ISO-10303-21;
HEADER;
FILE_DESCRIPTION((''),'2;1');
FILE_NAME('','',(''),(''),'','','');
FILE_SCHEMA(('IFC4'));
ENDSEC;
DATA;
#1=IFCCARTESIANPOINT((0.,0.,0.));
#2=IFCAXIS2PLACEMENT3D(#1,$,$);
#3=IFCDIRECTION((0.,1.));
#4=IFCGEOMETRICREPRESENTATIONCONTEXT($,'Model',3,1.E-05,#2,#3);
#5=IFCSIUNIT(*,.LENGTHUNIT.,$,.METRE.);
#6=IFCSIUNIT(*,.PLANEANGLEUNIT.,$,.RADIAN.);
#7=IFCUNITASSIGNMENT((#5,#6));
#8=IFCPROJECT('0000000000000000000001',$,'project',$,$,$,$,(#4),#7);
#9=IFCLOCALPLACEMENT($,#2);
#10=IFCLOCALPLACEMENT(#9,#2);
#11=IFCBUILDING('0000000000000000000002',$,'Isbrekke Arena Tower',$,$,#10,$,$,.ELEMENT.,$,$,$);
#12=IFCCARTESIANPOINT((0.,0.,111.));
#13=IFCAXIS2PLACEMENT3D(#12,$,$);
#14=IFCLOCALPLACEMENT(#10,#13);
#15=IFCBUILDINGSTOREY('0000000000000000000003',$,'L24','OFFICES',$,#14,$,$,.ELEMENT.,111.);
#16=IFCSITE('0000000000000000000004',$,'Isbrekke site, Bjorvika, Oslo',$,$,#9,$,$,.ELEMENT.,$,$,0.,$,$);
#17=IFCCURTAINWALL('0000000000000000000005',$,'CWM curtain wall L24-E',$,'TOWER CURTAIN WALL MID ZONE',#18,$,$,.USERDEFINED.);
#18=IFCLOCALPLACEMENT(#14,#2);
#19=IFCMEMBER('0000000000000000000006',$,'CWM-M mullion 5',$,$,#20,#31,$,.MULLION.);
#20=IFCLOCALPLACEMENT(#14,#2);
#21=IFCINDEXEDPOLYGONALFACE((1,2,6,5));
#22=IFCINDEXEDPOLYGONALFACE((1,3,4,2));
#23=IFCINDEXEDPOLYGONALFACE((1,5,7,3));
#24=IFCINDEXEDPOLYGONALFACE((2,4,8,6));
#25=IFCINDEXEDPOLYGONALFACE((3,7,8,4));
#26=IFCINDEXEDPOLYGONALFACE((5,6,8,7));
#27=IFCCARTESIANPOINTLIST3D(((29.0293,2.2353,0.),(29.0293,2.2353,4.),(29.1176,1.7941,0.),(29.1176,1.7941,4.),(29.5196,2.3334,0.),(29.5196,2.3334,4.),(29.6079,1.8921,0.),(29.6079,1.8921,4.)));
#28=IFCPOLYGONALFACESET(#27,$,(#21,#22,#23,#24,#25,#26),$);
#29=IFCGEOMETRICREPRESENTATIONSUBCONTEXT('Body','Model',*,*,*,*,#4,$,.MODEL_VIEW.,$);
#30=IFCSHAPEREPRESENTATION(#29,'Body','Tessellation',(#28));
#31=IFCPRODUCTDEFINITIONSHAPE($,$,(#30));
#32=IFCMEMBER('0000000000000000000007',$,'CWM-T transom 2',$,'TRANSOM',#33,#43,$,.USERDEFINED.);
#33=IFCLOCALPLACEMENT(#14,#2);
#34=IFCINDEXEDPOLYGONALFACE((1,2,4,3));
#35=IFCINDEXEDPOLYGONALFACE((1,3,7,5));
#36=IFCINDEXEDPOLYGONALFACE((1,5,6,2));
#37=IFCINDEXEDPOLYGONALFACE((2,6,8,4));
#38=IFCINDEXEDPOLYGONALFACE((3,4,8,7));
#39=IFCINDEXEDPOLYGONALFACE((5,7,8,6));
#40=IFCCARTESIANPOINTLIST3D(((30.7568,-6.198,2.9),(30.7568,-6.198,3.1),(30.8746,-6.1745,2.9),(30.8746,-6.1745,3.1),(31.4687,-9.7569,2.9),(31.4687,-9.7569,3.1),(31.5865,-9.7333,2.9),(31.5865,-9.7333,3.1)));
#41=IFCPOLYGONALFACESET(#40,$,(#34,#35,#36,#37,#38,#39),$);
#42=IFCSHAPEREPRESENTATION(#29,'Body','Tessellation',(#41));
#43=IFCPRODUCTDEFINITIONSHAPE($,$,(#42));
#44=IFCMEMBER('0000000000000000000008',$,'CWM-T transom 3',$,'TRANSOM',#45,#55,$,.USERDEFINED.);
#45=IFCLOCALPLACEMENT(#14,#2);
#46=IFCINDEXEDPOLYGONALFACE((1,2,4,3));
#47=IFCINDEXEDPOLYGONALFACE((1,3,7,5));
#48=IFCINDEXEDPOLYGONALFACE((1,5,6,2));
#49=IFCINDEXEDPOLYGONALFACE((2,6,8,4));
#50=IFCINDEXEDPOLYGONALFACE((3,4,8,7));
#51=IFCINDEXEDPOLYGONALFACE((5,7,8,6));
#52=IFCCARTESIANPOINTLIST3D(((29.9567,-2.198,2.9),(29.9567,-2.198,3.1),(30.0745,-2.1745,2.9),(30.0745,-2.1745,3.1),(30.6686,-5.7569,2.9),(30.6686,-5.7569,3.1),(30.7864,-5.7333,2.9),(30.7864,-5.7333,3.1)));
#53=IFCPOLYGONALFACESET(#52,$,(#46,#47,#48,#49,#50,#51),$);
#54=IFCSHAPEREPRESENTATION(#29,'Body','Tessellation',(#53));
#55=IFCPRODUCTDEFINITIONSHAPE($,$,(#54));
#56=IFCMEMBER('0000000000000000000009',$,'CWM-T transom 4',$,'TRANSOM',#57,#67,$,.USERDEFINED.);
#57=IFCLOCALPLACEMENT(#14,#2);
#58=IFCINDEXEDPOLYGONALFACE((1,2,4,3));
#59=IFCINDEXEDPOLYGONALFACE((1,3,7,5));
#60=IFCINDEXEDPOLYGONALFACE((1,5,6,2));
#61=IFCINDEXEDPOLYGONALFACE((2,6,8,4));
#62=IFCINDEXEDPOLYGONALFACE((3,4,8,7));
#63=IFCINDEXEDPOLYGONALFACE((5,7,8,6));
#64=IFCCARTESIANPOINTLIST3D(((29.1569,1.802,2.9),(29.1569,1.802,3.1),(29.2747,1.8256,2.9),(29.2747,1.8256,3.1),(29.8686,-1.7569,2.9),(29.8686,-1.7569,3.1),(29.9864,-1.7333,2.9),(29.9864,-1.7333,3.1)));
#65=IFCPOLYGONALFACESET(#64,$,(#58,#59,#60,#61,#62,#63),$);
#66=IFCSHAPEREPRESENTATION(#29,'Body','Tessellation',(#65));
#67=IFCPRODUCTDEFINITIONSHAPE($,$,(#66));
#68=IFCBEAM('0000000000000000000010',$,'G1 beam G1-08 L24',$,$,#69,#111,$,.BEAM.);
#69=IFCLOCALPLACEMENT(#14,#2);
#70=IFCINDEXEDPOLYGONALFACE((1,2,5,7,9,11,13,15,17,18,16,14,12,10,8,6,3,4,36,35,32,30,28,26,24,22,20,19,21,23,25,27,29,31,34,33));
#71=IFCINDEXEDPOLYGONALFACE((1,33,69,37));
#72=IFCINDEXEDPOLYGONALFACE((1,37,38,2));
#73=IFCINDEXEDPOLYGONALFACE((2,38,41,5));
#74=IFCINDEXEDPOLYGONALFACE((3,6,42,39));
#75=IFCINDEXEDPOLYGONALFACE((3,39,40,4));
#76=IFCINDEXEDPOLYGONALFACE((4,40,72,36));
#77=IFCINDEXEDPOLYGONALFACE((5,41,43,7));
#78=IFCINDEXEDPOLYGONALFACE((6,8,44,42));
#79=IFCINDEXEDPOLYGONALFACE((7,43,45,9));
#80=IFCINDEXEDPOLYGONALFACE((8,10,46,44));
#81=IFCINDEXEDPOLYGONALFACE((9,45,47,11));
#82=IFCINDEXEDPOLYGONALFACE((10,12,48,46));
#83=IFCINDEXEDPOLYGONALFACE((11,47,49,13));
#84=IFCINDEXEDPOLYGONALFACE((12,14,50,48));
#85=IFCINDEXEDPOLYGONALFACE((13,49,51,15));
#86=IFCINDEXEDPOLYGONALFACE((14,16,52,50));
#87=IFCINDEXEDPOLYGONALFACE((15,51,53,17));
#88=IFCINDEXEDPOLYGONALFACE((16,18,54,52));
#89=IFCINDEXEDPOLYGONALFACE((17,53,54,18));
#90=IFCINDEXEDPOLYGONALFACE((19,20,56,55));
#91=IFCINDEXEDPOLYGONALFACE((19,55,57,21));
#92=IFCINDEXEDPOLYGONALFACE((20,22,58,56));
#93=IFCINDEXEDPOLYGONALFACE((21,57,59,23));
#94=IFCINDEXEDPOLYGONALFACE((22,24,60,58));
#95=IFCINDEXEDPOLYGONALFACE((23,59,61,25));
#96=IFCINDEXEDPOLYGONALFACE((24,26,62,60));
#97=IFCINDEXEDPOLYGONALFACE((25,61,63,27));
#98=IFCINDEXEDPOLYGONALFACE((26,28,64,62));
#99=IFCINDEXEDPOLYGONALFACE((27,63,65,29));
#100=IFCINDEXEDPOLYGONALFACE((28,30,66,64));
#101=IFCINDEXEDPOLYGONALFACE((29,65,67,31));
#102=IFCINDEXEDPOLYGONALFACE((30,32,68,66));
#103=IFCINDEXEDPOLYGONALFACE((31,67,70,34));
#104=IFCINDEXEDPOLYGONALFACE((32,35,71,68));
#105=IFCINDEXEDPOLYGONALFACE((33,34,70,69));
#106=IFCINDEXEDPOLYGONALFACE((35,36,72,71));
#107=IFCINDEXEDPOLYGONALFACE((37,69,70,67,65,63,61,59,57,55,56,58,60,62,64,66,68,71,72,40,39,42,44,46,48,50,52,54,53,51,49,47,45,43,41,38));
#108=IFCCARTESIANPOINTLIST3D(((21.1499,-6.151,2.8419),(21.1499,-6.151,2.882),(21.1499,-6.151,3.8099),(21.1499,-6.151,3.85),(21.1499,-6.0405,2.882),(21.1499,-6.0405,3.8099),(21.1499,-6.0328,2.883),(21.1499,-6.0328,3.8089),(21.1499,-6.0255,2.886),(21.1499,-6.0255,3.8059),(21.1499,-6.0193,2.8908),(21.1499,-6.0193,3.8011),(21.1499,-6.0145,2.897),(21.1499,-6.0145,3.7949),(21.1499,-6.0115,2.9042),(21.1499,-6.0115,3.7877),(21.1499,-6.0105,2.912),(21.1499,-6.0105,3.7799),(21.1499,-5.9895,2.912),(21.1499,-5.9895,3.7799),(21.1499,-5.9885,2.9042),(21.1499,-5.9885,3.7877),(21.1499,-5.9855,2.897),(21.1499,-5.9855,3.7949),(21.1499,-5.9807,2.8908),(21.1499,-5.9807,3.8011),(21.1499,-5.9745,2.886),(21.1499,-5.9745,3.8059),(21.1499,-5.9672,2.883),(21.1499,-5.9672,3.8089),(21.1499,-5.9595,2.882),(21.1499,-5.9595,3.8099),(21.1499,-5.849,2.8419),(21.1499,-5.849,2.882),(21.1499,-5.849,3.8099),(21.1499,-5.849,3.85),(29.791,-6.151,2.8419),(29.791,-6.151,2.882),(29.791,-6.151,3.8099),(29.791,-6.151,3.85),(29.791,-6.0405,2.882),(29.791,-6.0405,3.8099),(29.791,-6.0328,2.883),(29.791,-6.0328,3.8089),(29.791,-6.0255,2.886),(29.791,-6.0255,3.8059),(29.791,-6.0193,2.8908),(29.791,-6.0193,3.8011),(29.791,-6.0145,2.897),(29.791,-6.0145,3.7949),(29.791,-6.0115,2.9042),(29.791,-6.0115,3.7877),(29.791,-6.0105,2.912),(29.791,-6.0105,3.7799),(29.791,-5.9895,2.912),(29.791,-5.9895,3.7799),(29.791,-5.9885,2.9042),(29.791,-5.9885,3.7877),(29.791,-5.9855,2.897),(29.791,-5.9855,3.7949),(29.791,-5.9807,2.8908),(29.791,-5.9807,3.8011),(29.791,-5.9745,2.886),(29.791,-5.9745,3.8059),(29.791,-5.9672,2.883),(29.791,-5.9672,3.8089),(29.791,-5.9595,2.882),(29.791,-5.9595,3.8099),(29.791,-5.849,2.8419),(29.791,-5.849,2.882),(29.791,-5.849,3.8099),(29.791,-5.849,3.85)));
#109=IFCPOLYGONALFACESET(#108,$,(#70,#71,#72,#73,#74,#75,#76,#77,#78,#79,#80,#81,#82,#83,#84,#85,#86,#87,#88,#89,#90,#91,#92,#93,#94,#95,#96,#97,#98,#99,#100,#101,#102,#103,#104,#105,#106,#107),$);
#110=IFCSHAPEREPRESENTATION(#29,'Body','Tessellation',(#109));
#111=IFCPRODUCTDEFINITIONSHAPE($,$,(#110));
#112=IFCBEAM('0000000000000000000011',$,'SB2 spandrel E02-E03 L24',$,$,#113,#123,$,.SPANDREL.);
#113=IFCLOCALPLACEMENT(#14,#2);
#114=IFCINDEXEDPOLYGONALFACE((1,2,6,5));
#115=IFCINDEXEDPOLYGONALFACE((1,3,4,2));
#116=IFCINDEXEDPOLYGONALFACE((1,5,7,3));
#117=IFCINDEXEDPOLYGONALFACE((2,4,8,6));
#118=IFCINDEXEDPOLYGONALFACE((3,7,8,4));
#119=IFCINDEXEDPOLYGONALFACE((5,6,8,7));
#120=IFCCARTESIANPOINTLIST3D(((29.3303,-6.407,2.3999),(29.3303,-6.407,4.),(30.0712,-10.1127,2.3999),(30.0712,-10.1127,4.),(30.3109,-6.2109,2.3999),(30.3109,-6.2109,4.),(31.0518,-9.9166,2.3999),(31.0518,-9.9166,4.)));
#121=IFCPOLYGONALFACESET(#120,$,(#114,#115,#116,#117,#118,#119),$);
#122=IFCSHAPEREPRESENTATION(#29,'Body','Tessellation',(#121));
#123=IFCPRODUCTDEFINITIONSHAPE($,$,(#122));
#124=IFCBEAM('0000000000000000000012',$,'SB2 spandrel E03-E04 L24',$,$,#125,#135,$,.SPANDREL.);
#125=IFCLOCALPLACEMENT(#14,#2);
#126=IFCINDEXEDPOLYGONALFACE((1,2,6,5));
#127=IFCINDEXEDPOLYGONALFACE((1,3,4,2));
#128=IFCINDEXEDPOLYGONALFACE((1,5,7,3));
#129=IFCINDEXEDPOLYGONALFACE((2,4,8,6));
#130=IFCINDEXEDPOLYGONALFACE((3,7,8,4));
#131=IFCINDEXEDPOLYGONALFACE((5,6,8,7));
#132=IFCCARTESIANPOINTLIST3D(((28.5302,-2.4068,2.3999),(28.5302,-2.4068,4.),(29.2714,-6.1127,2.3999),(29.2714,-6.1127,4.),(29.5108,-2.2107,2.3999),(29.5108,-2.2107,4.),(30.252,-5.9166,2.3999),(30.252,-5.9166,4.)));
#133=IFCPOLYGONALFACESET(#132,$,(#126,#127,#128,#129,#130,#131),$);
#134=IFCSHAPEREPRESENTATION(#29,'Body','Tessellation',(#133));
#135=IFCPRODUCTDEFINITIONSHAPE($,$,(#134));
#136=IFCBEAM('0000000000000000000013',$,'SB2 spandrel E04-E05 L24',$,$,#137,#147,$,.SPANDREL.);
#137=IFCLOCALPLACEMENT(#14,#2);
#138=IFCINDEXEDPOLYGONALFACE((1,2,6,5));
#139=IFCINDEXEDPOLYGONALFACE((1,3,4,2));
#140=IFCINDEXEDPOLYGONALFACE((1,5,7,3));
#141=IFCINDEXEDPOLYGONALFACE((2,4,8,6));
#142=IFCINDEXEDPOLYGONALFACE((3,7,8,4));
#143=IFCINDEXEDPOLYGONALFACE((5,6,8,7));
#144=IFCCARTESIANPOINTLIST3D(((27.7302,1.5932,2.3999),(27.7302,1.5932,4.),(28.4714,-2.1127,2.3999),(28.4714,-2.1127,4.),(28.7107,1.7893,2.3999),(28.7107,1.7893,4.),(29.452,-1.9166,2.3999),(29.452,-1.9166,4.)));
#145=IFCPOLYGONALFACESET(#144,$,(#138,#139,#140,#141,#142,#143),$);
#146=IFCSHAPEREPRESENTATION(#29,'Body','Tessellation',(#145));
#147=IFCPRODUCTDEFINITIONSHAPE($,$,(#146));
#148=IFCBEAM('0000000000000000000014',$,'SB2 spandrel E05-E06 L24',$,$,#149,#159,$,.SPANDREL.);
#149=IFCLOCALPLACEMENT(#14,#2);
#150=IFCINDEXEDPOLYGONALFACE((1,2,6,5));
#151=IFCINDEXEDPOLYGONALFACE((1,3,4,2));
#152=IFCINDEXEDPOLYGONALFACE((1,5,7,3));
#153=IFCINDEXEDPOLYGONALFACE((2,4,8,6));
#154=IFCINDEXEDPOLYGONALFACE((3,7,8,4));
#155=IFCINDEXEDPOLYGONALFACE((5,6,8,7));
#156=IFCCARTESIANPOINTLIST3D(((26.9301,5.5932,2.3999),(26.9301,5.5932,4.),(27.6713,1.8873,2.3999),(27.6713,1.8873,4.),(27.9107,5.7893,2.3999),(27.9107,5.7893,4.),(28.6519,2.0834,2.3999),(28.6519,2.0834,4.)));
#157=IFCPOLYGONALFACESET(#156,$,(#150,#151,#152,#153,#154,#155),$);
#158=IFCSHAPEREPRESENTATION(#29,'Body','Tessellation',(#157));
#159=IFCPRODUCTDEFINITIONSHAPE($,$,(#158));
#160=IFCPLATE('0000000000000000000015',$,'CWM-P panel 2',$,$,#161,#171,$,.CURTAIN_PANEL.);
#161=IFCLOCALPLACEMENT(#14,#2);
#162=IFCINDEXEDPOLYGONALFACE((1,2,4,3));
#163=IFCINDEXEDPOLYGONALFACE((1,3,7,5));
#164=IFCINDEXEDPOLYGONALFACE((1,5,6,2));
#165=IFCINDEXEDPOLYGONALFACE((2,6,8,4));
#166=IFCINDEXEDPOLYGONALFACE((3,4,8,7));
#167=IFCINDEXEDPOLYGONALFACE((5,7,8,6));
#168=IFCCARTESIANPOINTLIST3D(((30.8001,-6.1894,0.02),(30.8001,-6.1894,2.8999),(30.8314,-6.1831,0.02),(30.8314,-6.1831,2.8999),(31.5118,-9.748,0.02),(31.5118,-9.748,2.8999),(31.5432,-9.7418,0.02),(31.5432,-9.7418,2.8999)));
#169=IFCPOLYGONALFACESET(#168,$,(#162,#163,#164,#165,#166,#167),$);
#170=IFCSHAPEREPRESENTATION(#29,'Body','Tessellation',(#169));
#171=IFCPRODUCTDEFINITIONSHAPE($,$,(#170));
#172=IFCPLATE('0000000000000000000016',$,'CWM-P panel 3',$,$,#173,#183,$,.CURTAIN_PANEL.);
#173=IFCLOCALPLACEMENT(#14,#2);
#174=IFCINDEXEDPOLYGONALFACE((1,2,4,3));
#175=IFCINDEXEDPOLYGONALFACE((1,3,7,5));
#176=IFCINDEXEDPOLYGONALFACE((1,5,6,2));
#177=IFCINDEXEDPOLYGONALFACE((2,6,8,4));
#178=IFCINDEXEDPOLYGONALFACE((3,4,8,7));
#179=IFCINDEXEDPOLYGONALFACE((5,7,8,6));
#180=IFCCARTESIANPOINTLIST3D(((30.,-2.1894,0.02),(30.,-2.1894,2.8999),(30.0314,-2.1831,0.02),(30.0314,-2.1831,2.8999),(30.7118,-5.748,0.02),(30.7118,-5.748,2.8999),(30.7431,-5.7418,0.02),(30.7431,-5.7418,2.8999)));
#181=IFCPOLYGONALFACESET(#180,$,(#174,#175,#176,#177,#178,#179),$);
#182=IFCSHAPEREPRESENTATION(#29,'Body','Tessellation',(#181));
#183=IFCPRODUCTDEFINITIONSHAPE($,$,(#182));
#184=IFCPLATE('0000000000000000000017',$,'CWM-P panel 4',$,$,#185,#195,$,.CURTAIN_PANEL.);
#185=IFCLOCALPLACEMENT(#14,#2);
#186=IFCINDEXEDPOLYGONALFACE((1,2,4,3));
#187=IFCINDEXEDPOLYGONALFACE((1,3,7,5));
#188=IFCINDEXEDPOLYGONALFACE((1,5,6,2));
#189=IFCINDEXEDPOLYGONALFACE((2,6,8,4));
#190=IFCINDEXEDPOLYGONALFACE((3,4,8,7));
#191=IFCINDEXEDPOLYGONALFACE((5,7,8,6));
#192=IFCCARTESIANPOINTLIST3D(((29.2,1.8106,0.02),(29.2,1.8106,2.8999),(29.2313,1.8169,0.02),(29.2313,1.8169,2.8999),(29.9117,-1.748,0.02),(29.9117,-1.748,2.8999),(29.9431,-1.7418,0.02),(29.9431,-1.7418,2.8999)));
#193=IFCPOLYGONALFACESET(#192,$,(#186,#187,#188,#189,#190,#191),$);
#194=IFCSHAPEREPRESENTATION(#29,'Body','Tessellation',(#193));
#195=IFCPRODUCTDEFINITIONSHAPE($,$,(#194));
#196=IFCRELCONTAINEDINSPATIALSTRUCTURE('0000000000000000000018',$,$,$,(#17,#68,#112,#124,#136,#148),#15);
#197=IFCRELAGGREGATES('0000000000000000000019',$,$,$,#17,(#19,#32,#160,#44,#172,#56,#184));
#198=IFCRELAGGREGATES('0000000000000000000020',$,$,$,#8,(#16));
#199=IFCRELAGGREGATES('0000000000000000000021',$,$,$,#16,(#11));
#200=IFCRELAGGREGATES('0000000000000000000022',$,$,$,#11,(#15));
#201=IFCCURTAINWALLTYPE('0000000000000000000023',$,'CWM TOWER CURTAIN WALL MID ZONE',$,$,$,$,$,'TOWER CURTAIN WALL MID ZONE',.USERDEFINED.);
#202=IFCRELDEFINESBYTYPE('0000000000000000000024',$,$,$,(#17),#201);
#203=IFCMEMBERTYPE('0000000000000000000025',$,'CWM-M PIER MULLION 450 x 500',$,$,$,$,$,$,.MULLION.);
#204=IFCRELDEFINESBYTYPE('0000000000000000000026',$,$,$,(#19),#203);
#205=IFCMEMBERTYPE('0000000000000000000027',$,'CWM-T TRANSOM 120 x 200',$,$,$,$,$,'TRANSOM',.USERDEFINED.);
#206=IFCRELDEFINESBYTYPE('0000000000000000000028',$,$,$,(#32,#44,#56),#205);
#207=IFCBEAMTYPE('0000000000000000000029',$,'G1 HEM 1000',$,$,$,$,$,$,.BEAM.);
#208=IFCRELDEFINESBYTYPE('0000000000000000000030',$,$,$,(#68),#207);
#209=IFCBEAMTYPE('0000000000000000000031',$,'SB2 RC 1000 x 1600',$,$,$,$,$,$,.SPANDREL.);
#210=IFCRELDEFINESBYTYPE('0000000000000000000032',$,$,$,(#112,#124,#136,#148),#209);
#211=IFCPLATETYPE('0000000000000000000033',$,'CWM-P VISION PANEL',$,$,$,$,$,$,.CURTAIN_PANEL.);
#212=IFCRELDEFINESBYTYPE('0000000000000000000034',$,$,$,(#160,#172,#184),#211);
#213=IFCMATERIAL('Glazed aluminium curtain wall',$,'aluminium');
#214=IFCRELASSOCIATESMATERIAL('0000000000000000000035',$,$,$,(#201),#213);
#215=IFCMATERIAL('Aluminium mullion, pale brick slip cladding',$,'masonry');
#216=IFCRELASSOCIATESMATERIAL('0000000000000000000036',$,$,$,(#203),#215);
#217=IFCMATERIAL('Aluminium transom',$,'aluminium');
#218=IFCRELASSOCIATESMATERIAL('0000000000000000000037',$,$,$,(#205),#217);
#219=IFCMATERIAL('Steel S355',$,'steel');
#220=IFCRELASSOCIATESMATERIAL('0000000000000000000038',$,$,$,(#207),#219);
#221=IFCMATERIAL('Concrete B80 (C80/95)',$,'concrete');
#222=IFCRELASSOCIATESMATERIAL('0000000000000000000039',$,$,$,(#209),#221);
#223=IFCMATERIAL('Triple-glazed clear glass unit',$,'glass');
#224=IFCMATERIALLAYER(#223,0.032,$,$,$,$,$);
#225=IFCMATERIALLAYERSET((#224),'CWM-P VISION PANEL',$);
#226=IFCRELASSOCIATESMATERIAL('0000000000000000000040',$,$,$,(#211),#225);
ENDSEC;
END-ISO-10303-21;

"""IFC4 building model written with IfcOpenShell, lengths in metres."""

from ifc_helpers import new_model, si_unit, direction, frame, origin, origin_2d, place, context, subcontext, project, spatial, rectangle, i_section, extrude, material, layer, layer_set, material_profile, profile_set, type_object, element, aggregate, save


model = new_model("IFC4")

# Units and contexts
model_context = context("Model", 3, precision=1e-05, world=origin(), true_north=direction((0.0, 1.0)))
body_context = subcontext(model_context, "Body", "Model", "MODEL_VIEW")
ifc_project = project(units=[si_unit("LENGTHUNIT", "METRE"), si_unit("PLANEANGLEUNIT", "RADIAN")], contexts=[model_context])

# Site, building, storey
site_placement = place(None, origin())
site = spatial("IfcSite", under=ifc_project, at=site_placement, Name="Isbrekke site, Bjorvika, Oslo", CompositionType="ELEMENT", RefElevation=0.0)
building_placement = place(site_placement, origin())
building = spatial("IfcBuilding", under=site, at=building_placement, Name="Isbrekke Arena Tower", CompositionType="ELEMENT")
storey_placement = place(building_placement, frame((0.0, 0.0, 111.0)))
storey = spatial("IfcBuildingStorey", under=building, at=storey_placement, Name="L24", Description="OFFICES", CompositionType="ELEMENT", Elevation=111.0)

# Curtain wall, members
ifc_material_1 = material(Name="Glazed aluminium curtain wall", Category="aluminium")
curtain_wall_type = type_object("IfcCurtainWallType", Name="CWM TOWER CURTAIN WALL MID ZONE", ElementType="TOWER CURTAIN WALL MID ZONE", PredefinedType="USERDEFINED", material=ifc_material_1)
curtain_wall_placement = place(storey_placement, origin())
curtain_wall = element("IfcCurtainWall", 1, at=curtain_wall_placement, inside=storey, type_object=curtain_wall_type, Name="CWM curtain wall L24-E", ObjectType="TOWER CURTAIN WALL MID ZONE", PredefinedType="USERDEFINED")
ifc_material_2 = material(Name="Aluminium mullion, pale brick slip cladding", Category="masonry")
ifc_material_profile_1 = material_profile(ifc_material_2, rectangle(XDim=0.45, YDim=0.5, at=origin_2d()), Name="PIER 450X500")
ifc_profile_set_1 = profile_set([ifc_material_profile_1], Name="Aluminium mullion, pale brick slip cladding")
member_type_1 = type_object("IfcMemberType", Name="CWM-M PIER MULLION 450 x 500", PredefinedType="MULLION", material=ifc_profile_set_1)
member_1_placement = place(storey_placement, frame((29.3186, 2.0637, 0.0), z_axis=(0.0, 0.0, 1.0), x_axis=(-0.196116, 0.980581, 0.0)))
member_1 = element("IfcMember", 2, at=member_1_placement, type_object=member_type_1, Name="CWM-M mullion 5", PredefinedType="MULLION", context=body_context, shape_type="SweptSolid", body=[
    extrude(rectangle(XDim=0.45, YDim=0.5, at=origin_2d()), origin(), (0.0, 0.0, 1.0), 4.0),
])
ifc_material_3 = material(Name="Aluminium transom", Category="aluminium")
ifc_material_profile_2 = material_profile(ifc_material_3, rectangle(XDim=0.1201, YDim=0.2, at=origin_2d()), Name="TRANSOM 120X200")
ifc_profile_set_2 = profile_set([ifc_material_profile_2], Name="Aluminium transom")
member_type_2 = type_object("IfcMemberType", Name="CWM-T TRANSOM 120 x 200", ElementType="TRANSOM", PredefinedType="USERDEFINED", material=ifc_profile_set_2)
member_2_placement = place(storey_placement, frame((31.5276, -9.7451, 3.0), z_axis=(-0.196155, 0.980573, 0.0), x_axis=(-0.980573, -0.196155, 0.0)))
member_2 = element("IfcMember", 3, at=member_2_placement, type_object=member_type_2, Name="CWM-T transom 2", ObjectType="TRANSOM", PredefinedType="USERDEFINED", context=body_context, shape_type="SweptSolid", body=[
    extrude(rectangle(XDim=0.1201, YDim=0.2, at=origin_2d()), origin(), (0.0, 0.0, 1.0), 3.6294),
])
member_3_placement = place(storey_placement, frame((30.7275, -5.7451, 3.0), z_axis=(-0.196155, 0.980573, 0.0), x_axis=(-0.980573, -0.196155, 0.0)))
member_3 = element("IfcMember", 4, at=member_3_placement, type_object=member_type_2, Name="CWM-T transom 3", ObjectType="TRANSOM", PredefinedType="USERDEFINED", context=body_context, shape_type="SweptSolid", body=[
    extrude(rectangle(XDim=0.1201, YDim=0.2, at=origin_2d()), origin(), (0.0, 0.0, 1.0), 3.6294),
])
member_4_placement = place(storey_placement, frame((29.9275, -1.7451, 3.0), z_axis=(-0.19609, 0.980586, 0.0), x_axis=(-0.980586, -0.19609, 0.0)))
member_4 = element("IfcMember", 5, at=member_4_placement, type_object=member_type_2, Name="CWM-T transom 4", ObjectType="TRANSOM", PredefinedType="USERDEFINED", context=body_context, shape_type="SweptSolid", body=[
    extrude(rectangle(XDim=0.1201, YDim=0.2, at=origin_2d()), origin(), (0.0, 0.0, 1.0), 3.6294),
])

# Beams
ifc_material_4 = material(Name="Steel S355", Category="steel")
ifc_material_profile_3 = material_profile(ifc_material_4, i_section(OverallWidth=0.302, OverallDepth=1.0081, WebThickness=0.021, FlangeThickness=0.04, FilletRadius=0.03, at=origin_2d()), Name="HEM 1000")
ifc_profile_set_3 = profile_set([ifc_material_profile_3], Name="Steel S355")
beam_type_1 = type_object("IfcBeamType", Name="G1 HEM 1000", PredefinedType="BEAM", material=ifc_profile_set_3)
beam_1_placement = place(storey_placement, frame((21.1499, -6.0, 3.3459), z_axis=(1.0, 0.0, 0.0), x_axis=(0.0, 1.0, 0.0)))
element("IfcBeam", 6, at=beam_1_placement, inside=storey, type_object=beam_type_1, Name="G1 beam G1-08 L24", PredefinedType="BEAM", context=body_context, shape_type="SweptSolid", body=[
    extrude(i_section(OverallWidth=0.302, OverallDepth=1.0081, WebThickness=0.021, FlangeThickness=0.04, FilletRadius=0.03, at=origin_2d()), origin(), (0.0, 0.0, 1.0), 8.6411),
])
ifc_material_5 = material(Name="Concrete B80 (C80/95)", Category="concrete")
ifc_material_profile_4 = material_profile(ifc_material_5, rectangle(XDim=1.0, YDim=1.6001, at=origin_2d()), Name="RC 1000x1600")
ifc_profile_set_4 = profile_set([ifc_material_profile_4], Name="Concrete B80 (C80/95)")
beam_type_2 = type_object("IfcBeamType", Name="SB2 RC 1000 x 1600", PredefinedType="SPANDREL", material=ifc_profile_set_4)
beam_2_placement = place(storey_placement, frame((30.5615, -10.0146, 3.2), z_axis=(-0.196066, 0.980591, 0.0), x_axis=(-0.980591, -0.196066, 0.0)))
element("IfcBeam", 7, at=beam_2_placement, inside=storey, type_object=beam_type_2, Name="SB2 spandrel E02-E03 L24", PredefinedType="SPANDREL", context=body_context, shape_type="SweptSolid", body=[
    extrude(rectangle(XDim=1.0, YDim=1.6001, at=origin_2d()), origin(), (0.0, 0.0, 1.0), 3.7791),
])
for number, where, z_axis, x_axis, name in (
    (8, (29.7617, -6.0146, 3.2), (-0.196129, 0.980578, 0.0), (-0.980578, -0.196129, 0.0), "SB2 spandrel E03-E04 L24"),
    (9, (28.9617, -2.0146, 3.2), (-0.196129, 0.980578, 0.0), (-0.980578, -0.196129, 0.0), "SB2 spandrel E04-E05 L24"),
    (10, (28.1616, 1.9854, 3.2), (-0.196129, 0.980578, 0.0), (-0.980578, -0.196129, 0.0), "SB2 spandrel E05-E06 L24"),
):
    element("IfcBeam", number, at=place(storey_placement, frame(where, z_axis=z_axis, x_axis=x_axis)), inside=storey, type_object=beam_type_2, Name=name, PredefinedType="SPANDREL", context=body_context, shape_type="SweptSolid", body=[
        extrude(rectangle(XDim=1.0, YDim=1.6001, at=origin_2d()), origin(), (0.0, 0.0, 1.0), 3.7793),
    ])

# Plates
ifc_material_6 = material(Name="Triple-glazed clear glass unit", Category="glass")
ifc_layer_1 = layer(ifc_material_6, 0.032)
ifc_layer_set_1 = layer_set([ifc_layer_1], Name="CWM-P VISION PANEL")
plate_type = type_object("IfcPlateType", Name="CWM-P VISION PANEL", PredefinedType="CURTAIN_PANEL", material=ifc_layer_set_1)
plate_1_placement = place(storey_placement, frame((31.1716, -7.9656, 0.02), z_axis=(0.0, 0.0, 1.0), x_axis=(-0.196116, 0.980581, 0.0)))
plate_1 = element("IfcPlate", 11, at=plate_1_placement, type_object=plate_type, Name="CWM-P panel 2", PredefinedType="CURTAIN_PANEL", context=body_context, shape_type="SweptSolid", body=[
    extrude(rectangle(XDim=3.6292, YDim=0.032, at=origin_2d()), origin(), (0.0, 0.0, 1.0), 2.8799),
])
plate_2_placement = place(storey_placement, frame((30.3716, -3.9656, 0.02), z_axis=(0.0, 0.0, 1.0), x_axis=(-0.196116, 0.980581, 0.0)))
plate_2 = element("IfcPlate", 12, at=plate_2_placement, type_object=plate_type, Name="CWM-P panel 3", PredefinedType="CURTAIN_PANEL", context=body_context, shape_type="SweptSolid", body=[
    extrude(rectangle(XDim=3.6292, YDim=0.032, at=origin_2d()), origin(), (0.0, 0.0, 1.0), 2.8799),
])
plate_3_placement = place(storey_placement, frame((29.5715, 0.0344, 0.02), z_axis=(0.0, 0.0, 1.0), x_axis=(-0.196116, 0.980581, 0.0)))
plate_3 = element("IfcPlate", 13, at=plate_3_placement, type_object=plate_type, Name="CWM-P panel 4", PredefinedType="CURTAIN_PANEL", context=body_context, shape_type="SweptSolid", body=[
    extrude(rectangle(XDim=3.6292, YDim=0.032, at=origin_2d()), origin(), (0.0, 0.0, 1.0), 2.8799),
])
aggregate(curtain_wall, [member_1, member_2, plate_1, member_3, plate_2, member_4, plate_3])

save(model, "model.ifc")
